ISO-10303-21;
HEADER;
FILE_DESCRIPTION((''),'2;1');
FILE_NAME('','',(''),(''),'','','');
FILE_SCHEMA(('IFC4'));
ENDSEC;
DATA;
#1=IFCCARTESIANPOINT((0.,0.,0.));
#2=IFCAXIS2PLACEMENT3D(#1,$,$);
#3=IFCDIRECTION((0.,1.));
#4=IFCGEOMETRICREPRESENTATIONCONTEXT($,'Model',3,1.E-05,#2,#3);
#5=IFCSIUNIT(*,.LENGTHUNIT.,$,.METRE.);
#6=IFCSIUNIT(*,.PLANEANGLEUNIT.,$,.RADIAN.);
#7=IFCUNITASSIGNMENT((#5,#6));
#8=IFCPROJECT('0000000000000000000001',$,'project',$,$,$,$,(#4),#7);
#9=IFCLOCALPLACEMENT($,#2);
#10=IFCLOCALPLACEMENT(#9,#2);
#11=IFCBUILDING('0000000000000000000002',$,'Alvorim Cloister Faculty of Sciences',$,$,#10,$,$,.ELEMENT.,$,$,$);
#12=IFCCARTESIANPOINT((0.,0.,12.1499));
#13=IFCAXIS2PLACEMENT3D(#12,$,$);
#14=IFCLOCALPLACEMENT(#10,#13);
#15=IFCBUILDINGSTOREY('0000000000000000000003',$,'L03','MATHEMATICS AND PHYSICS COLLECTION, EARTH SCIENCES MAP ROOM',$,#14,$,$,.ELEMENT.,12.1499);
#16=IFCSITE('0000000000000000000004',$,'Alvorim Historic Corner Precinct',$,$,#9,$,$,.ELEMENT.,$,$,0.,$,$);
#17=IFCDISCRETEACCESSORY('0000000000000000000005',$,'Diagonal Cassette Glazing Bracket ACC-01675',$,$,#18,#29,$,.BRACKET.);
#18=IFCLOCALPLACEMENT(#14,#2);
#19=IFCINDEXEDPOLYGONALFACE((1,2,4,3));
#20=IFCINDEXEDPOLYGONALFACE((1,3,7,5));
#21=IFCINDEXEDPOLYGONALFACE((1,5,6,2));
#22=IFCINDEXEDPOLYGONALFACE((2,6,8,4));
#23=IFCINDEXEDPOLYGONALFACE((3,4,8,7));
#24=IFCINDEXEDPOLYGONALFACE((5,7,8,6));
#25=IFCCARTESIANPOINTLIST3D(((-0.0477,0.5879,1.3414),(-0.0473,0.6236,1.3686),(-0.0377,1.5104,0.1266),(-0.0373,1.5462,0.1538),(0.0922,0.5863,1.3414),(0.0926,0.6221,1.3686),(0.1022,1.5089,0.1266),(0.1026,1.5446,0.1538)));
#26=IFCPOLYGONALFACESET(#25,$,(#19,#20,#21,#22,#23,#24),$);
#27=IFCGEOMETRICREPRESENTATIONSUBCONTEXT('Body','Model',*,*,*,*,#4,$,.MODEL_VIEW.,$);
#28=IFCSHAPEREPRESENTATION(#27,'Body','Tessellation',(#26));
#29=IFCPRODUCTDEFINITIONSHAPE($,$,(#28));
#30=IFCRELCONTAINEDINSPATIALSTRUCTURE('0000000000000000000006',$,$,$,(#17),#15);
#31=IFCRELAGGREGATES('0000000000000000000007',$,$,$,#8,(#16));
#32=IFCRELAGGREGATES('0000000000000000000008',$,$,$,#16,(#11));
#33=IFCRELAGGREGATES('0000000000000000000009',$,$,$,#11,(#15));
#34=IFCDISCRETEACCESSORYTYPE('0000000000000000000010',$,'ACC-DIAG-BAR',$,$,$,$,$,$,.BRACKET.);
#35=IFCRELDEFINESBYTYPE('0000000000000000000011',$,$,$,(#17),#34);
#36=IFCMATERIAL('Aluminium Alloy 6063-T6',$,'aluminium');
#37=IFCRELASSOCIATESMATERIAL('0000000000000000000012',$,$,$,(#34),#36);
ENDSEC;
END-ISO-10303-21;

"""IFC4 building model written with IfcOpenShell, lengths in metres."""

from ifc_helpers import new_model, si_unit, direction, frame, origin, origin_2d, place, context, subcontext, project, spatial, rectangle, extrude, material, type_object, element, save


model = new_model("IFC4")

# Units and contexts
model_context = context("Model", 3, precision=1e-05, world=origin(), true_north=direction((0.0, 1.0)))
body_context = subcontext(model_context, "Body", "Model", "MODEL_VIEW")
ifc_project = project(units=[si_unit("LENGTHUNIT", "METRE"), si_unit("PLANEANGLEUNIT", "RADIAN")], contexts=[model_context])

# Site, building, storey
site_placement = place(None, origin())
site = spatial("IfcSite", under=ifc_project, at=site_placement, Name="Alvorim Historic Corner Precinct", CompositionType="ELEMENT", RefElevation=0.0)
building_placement = place(site_placement, origin())
building = spatial("IfcBuilding", under=site, at=building_placement, Name="Alvorim Cloister Faculty of Sciences", CompositionType="ELEMENT")
storey_placement = place(building_placement, frame((0.0, 0.0, 12.1499)))
storey = spatial("IfcBuildingStorey", under=building, at=storey_placement, Name="L03", Description="MATHEMATICS AND PHYSICS COLLECTION, EARTH SCIENCES MAP ROOM", CompositionType="ELEMENT", Elevation=12.1499)

# Shared definitions
ifc_material_1 = material(Name="Aluminium Alloy 6063-T6", Category="aluminium")

# Discrete accessory
discrete_accessory_type = type_object("IfcDiscreteAccessoryType", Name="ACC-DIAG-BAR", PredefinedType="BRACKET", material=ifc_material_1)
discrete_accessory_placement = place(storey_placement, frame((0.0225, 0.605, 1.355), z_axis=(0.006562, 0.60479, -0.796358), x_axis=(-0.999941, 0.010849, 0.0)))
element("IfcDiscreteAccessory", 1, at=discrete_accessory_placement, inside=storey, type_object=discrete_accessory_type, Name="Diagonal Cassette Glazing Bracket ACC-01675", PredefinedType="BRACKET", context=body_context, shape_type="SweptSolid", body=[
    extrude(rectangle(XDim=0.1399, YDim=0.0449, at=origin_2d()), origin(), (0.0, 0.0, 1.0), 1.5254),
])

save(model, "model.ifc")
